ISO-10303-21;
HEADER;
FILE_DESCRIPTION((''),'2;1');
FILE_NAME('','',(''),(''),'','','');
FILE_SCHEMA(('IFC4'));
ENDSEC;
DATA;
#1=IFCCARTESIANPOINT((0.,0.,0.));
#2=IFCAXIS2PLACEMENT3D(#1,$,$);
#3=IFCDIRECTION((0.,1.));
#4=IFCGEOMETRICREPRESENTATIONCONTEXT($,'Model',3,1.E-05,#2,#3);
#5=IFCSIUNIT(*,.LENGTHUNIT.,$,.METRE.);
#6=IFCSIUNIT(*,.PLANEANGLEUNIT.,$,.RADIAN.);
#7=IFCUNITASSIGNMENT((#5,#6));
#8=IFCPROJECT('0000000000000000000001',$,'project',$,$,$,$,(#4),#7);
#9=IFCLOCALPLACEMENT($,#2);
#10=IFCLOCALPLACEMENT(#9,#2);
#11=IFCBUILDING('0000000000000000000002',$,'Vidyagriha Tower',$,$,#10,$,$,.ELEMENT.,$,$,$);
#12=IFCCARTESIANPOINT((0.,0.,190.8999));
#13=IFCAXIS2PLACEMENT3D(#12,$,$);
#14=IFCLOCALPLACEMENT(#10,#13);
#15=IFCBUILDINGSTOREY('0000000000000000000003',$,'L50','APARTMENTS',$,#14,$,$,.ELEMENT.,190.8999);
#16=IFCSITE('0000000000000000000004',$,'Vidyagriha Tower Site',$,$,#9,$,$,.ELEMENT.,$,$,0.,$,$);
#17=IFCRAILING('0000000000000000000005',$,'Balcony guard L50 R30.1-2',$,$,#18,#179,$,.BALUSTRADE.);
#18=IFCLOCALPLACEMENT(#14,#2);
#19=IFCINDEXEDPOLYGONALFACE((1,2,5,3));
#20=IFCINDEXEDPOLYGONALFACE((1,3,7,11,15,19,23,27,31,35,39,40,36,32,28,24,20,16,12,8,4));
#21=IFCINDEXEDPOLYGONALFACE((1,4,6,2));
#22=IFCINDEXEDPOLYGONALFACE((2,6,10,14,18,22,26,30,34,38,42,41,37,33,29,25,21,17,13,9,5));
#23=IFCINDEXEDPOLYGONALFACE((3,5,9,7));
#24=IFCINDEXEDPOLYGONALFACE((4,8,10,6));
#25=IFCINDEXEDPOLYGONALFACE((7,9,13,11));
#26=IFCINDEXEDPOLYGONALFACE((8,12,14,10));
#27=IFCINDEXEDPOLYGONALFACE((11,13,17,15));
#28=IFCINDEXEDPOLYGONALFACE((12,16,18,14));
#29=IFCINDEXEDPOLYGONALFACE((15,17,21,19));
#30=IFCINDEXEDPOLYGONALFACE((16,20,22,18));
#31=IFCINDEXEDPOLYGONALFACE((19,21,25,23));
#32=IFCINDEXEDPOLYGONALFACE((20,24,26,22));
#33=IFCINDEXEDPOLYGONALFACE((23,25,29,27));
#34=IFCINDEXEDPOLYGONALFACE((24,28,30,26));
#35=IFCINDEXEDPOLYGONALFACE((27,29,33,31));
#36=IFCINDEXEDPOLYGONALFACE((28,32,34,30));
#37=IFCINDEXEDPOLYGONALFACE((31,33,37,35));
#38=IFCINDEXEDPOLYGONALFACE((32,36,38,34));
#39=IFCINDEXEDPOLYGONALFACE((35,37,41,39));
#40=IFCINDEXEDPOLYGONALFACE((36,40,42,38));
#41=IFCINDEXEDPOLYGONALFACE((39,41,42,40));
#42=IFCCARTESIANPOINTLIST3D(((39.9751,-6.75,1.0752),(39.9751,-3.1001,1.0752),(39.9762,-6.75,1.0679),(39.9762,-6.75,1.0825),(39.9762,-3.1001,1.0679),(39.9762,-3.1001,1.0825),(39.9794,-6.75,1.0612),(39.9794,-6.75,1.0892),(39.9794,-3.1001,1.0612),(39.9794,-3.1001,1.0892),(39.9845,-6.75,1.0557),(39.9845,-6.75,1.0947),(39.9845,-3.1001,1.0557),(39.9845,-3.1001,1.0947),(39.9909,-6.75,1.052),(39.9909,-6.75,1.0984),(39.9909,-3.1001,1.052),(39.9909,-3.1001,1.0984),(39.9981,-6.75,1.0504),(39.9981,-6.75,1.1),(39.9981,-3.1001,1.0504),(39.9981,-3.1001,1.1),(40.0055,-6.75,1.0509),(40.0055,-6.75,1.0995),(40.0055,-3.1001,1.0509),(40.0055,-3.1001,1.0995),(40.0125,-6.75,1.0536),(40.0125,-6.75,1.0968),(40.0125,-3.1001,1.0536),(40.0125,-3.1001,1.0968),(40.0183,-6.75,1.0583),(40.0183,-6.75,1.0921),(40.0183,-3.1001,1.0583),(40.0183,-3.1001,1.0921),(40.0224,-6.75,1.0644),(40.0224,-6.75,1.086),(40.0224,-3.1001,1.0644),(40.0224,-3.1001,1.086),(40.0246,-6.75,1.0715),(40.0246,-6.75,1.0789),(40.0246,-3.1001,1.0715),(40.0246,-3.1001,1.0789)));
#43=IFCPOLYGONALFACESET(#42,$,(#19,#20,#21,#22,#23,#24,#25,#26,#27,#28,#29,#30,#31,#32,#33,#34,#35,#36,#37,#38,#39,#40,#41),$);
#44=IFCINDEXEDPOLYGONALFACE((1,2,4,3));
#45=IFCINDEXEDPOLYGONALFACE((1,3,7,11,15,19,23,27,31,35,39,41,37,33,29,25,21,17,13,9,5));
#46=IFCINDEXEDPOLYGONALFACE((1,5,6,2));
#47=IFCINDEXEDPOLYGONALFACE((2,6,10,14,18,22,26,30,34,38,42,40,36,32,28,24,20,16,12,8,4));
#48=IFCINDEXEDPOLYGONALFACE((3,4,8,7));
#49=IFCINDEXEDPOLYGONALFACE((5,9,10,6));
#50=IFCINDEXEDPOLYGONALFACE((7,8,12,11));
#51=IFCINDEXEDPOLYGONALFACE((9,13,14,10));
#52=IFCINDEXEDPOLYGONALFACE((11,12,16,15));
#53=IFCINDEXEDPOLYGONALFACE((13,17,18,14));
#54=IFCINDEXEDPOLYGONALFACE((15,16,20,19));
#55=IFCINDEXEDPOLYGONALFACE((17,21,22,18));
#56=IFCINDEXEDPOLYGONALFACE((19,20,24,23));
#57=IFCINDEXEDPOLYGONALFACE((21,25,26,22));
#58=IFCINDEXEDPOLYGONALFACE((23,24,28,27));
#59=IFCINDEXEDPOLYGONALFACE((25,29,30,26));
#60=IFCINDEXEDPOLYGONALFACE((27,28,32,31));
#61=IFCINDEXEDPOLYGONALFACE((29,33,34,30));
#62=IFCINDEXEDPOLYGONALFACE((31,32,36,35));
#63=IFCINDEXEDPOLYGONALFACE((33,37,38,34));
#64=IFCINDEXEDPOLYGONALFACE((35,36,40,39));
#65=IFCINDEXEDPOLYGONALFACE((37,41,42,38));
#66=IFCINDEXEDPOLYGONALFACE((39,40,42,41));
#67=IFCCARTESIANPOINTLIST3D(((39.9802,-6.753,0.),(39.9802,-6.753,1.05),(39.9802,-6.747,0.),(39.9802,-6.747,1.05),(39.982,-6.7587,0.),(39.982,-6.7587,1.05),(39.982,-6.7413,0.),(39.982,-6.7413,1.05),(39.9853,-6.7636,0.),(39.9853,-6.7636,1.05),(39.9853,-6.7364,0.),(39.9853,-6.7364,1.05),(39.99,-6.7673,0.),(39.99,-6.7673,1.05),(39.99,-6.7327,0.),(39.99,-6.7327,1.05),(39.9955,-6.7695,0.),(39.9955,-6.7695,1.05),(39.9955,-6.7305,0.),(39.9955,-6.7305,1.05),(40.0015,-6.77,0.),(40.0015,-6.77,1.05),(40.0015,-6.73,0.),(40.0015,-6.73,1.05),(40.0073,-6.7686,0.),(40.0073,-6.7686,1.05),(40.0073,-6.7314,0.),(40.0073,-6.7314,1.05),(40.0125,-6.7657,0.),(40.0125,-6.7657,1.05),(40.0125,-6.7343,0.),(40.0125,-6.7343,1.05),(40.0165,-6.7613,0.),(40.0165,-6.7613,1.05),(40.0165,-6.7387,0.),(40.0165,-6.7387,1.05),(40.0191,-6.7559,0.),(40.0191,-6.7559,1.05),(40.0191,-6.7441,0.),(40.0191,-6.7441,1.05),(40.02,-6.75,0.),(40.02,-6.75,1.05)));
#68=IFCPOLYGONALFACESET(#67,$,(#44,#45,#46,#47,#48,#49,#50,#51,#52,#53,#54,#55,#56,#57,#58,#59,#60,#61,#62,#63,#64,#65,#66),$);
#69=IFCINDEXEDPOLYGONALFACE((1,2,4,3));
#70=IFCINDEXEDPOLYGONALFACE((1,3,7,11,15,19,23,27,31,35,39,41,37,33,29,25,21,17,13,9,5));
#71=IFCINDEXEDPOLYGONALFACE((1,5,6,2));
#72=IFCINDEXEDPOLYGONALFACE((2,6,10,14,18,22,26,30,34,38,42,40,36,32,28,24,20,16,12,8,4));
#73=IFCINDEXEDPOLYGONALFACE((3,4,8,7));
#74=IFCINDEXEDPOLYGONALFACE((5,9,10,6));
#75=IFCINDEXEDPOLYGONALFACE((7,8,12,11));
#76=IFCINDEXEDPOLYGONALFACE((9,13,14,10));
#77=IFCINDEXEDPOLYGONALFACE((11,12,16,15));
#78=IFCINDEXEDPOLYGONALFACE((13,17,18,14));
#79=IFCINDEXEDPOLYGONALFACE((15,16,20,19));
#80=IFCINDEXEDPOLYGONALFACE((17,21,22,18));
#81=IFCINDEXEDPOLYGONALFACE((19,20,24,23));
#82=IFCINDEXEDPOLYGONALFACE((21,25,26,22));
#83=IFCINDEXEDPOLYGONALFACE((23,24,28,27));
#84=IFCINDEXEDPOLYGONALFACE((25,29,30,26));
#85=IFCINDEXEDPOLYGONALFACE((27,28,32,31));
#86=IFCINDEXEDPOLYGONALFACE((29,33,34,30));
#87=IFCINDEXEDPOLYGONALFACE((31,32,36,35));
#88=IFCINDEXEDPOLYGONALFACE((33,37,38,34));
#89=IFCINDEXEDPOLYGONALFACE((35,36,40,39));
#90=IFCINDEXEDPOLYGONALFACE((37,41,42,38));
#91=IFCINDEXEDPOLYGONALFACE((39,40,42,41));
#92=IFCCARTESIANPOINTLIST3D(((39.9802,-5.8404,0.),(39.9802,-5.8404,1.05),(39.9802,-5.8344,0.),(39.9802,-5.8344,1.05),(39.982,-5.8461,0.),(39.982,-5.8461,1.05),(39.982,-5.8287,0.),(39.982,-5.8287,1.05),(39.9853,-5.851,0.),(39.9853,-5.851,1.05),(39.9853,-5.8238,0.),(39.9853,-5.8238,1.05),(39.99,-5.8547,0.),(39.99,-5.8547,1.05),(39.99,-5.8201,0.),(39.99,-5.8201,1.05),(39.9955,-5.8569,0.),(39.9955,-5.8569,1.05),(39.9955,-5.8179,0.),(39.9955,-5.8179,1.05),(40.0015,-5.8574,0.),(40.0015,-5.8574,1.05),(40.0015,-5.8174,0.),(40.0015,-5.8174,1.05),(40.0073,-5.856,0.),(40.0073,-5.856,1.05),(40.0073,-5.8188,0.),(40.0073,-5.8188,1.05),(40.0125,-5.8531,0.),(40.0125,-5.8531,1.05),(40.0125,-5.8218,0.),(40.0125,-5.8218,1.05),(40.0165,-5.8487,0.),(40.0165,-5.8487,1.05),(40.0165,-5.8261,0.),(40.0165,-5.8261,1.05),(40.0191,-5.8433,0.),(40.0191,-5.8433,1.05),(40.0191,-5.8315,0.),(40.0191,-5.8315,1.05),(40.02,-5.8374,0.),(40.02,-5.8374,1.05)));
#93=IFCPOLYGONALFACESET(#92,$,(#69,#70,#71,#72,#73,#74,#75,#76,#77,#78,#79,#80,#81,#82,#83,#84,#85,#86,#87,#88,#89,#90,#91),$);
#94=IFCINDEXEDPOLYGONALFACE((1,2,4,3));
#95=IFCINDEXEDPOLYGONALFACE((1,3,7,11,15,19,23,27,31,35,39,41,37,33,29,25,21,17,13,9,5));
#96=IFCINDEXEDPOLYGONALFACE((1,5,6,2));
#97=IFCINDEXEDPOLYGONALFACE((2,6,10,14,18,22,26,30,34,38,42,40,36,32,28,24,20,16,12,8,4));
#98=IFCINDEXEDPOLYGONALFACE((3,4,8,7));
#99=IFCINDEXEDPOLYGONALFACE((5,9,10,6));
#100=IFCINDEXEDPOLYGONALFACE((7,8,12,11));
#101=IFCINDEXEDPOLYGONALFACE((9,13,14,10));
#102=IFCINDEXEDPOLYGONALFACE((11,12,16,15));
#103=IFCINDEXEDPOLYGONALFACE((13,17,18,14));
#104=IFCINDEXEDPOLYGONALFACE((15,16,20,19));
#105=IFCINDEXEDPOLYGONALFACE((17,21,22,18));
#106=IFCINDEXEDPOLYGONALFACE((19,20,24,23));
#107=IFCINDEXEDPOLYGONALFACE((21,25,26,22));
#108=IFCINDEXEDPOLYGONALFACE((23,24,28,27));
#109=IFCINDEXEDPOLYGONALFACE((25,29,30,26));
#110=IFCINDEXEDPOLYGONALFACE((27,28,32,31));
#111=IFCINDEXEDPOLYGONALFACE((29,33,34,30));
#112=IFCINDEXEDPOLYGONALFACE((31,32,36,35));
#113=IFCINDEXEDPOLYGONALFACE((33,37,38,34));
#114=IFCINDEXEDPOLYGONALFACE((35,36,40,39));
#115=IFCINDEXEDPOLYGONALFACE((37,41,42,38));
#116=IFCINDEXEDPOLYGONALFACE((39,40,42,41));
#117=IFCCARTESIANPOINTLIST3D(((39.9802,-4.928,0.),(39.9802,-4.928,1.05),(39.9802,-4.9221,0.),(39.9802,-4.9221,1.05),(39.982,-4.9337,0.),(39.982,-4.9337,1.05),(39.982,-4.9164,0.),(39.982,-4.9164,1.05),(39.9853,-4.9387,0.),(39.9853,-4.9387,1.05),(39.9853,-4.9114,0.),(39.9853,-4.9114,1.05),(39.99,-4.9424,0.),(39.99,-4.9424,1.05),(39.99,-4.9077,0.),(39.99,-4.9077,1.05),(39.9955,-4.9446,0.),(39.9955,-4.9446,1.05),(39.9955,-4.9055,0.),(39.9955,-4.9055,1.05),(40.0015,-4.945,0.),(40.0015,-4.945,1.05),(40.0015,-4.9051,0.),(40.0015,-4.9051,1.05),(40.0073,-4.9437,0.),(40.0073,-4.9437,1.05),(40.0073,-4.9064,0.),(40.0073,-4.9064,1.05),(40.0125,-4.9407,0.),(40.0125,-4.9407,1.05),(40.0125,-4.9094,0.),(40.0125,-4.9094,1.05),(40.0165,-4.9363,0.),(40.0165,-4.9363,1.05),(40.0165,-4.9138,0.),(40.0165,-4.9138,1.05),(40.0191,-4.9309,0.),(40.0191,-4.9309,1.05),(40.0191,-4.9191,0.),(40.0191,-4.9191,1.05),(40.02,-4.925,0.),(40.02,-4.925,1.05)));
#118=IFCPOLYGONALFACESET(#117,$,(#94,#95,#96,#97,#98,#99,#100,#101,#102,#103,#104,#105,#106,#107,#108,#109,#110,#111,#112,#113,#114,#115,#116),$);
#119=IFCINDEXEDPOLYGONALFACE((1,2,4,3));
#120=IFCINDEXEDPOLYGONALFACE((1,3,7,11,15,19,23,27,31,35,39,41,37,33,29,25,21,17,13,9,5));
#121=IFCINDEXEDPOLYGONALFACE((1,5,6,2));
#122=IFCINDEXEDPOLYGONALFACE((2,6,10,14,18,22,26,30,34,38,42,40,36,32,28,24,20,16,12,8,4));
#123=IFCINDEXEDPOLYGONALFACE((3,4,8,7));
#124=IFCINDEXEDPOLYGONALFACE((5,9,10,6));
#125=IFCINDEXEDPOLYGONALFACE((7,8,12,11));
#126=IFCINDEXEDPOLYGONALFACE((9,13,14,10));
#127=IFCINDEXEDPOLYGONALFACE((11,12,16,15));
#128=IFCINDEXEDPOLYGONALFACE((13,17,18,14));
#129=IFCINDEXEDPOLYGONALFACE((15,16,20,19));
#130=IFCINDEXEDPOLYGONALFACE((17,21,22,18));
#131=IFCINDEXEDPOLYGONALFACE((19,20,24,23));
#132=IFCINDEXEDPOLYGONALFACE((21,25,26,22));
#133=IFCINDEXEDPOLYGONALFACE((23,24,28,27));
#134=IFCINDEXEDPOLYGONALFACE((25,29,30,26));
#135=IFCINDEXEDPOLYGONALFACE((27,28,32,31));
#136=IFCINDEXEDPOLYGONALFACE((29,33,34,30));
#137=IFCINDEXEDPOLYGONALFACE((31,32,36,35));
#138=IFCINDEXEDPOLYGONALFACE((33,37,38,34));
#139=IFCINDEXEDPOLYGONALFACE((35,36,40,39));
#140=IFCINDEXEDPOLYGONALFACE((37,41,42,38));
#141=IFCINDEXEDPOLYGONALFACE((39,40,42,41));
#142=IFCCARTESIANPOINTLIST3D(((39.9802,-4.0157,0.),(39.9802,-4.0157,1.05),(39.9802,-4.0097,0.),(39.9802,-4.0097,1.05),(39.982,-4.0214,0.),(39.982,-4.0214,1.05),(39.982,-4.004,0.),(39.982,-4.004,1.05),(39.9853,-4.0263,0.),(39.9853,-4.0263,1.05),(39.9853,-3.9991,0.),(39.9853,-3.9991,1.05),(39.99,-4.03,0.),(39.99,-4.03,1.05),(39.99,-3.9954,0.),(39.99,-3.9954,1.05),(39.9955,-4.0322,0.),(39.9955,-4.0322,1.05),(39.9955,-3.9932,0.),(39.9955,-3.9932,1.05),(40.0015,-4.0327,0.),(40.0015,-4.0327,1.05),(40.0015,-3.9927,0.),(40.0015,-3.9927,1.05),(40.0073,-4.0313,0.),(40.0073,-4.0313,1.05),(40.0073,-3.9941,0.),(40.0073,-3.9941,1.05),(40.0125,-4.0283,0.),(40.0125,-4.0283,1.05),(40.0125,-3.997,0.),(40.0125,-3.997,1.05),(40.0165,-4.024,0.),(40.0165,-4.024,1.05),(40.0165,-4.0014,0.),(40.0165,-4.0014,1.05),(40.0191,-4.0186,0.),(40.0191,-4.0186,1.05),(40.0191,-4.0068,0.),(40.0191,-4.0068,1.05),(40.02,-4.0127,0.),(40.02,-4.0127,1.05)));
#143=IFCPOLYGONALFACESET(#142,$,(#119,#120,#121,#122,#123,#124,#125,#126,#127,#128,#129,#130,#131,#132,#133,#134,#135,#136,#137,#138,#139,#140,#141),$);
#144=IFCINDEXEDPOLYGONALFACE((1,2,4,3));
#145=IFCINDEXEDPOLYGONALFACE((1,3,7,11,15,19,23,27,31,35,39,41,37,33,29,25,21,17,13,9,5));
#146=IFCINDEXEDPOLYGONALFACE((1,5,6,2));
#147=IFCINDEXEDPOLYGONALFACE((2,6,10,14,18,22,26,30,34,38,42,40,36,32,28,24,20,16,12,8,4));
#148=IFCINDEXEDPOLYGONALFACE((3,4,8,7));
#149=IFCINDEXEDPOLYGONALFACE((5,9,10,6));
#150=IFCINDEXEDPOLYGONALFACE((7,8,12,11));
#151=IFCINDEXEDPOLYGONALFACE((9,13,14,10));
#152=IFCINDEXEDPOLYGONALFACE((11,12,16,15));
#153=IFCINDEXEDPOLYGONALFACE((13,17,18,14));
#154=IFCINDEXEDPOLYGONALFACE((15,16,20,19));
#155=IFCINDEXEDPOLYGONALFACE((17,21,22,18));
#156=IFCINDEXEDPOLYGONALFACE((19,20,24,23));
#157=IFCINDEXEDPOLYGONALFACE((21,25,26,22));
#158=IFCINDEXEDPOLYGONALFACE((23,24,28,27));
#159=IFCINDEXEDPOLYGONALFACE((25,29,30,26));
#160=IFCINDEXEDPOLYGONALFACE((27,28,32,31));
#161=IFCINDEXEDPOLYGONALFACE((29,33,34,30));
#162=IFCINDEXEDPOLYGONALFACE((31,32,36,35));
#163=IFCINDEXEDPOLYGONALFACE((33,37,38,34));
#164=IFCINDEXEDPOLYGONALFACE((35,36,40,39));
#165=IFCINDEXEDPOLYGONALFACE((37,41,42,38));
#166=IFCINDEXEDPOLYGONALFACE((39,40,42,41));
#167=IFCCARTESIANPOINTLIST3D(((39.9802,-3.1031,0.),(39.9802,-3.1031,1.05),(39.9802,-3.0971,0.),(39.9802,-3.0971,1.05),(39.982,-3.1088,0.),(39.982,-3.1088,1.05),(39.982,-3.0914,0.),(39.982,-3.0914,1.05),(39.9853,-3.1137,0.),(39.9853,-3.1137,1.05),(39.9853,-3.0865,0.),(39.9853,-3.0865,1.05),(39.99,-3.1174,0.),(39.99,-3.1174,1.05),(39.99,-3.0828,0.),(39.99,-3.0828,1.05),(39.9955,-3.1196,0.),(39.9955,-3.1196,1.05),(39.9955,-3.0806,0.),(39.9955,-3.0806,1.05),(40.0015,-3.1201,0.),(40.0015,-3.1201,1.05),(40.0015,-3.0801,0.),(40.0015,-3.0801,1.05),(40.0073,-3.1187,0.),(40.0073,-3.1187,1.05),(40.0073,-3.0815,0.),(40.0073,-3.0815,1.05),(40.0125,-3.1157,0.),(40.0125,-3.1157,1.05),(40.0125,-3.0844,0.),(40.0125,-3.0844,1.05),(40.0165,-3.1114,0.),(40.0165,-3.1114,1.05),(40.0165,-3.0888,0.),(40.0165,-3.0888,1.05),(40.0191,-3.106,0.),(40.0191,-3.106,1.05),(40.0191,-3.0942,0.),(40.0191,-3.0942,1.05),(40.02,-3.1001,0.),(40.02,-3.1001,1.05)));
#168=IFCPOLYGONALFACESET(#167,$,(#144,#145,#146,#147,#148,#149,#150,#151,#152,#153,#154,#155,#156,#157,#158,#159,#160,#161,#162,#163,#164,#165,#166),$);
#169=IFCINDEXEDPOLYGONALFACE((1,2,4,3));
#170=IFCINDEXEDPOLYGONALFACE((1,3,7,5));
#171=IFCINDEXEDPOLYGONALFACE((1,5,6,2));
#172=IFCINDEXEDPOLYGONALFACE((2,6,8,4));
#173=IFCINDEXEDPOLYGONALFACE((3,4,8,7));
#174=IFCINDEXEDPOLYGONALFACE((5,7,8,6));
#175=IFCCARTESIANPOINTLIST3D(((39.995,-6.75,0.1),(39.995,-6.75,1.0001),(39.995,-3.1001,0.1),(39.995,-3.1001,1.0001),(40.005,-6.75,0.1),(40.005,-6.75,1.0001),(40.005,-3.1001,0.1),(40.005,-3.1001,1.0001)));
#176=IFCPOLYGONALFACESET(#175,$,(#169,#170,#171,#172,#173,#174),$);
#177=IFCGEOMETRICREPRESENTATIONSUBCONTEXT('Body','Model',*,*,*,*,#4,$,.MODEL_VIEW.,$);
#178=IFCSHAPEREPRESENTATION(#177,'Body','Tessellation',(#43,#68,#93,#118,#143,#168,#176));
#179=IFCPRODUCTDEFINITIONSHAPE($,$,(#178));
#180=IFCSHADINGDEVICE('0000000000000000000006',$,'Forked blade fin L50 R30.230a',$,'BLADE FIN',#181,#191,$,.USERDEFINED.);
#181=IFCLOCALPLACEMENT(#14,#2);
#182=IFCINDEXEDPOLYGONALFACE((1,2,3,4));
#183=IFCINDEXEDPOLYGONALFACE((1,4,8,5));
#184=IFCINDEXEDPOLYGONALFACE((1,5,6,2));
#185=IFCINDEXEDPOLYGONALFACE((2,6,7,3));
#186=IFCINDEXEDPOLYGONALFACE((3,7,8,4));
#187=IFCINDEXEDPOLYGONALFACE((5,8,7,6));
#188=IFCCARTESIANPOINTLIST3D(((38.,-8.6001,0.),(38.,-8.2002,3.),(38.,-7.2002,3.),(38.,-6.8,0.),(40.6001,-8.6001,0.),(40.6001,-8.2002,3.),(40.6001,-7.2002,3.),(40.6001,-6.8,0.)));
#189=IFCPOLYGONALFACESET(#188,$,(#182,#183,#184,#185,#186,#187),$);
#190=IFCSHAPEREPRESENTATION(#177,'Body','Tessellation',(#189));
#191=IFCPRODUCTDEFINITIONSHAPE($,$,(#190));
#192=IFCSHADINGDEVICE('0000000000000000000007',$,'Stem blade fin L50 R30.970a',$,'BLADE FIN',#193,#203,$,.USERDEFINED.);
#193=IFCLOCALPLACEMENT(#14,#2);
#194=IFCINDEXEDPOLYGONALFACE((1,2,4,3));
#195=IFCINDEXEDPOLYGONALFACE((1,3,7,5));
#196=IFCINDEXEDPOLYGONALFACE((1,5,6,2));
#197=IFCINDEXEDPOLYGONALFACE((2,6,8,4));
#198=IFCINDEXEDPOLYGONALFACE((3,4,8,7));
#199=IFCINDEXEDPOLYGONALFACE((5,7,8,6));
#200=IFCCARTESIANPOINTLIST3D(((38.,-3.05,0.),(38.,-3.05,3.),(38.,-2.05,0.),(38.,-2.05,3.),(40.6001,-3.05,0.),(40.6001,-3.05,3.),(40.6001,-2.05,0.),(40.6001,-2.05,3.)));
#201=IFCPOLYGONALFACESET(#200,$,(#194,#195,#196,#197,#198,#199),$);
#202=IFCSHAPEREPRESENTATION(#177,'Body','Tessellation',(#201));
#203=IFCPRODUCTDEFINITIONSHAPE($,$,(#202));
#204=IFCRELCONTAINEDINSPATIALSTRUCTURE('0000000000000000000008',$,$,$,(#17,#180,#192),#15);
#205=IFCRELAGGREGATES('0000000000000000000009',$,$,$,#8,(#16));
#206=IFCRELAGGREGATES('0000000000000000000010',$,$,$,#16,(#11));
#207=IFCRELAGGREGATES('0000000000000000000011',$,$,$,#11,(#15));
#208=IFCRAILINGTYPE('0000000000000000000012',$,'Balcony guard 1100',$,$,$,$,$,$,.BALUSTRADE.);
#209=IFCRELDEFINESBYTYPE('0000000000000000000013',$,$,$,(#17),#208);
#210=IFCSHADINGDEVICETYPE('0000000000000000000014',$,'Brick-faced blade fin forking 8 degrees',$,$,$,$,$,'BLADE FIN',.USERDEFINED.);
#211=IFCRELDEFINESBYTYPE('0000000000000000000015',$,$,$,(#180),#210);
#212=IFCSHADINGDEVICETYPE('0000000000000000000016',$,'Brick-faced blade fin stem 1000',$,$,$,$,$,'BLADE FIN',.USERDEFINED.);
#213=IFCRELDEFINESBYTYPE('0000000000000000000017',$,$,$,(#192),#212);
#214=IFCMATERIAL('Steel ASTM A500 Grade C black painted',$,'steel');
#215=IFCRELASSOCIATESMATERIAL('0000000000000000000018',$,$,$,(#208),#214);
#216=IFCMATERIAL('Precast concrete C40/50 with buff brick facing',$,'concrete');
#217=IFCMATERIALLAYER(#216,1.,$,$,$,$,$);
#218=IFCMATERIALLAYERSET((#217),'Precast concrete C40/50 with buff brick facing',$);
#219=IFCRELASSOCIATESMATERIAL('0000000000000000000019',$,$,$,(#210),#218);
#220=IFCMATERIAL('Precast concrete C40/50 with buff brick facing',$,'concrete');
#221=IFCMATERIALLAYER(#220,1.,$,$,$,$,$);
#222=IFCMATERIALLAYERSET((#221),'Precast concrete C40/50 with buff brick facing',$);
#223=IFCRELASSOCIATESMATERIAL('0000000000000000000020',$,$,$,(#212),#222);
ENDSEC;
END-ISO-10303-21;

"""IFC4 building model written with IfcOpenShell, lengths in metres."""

from ifc_helpers import new_model, si_unit, direction, frame, origin, origin_2d, place, context, subcontext, project, spatial, polyline, rectangle, circle, outline, extrude, material, layer, layer_set, type_object, element, save


model = new_model("IFC4")

# Units and contexts
model_context = context("Model", 3, precision=1e-05, world=origin(), true_north=direction((0.0, 1.0)))
body_context = subcontext(model_context, "Body", "Model", "MODEL_VIEW")
ifc_project = project(units=[si_unit("LENGTHUNIT", "METRE"), si_unit("PLANEANGLEUNIT", "RADIAN")], contexts=[model_context])

# Site, building, storey
site_placement = place(None, origin())
site = spatial("IfcSite", under=ifc_project, at=site_placement, Name="Vidyagriha Tower Site", CompositionType="ELEMENT", RefElevation=0.0)
building_placement = place(site_placement, origin())
building = spatial("IfcBuilding", under=site, at=building_placement, Name="Vidyagriha Tower", CompositionType="ELEMENT")
storey_placement = place(building_placement, frame((0.0, 0.0, 190.8999)))
storey = spatial("IfcBuildingStorey", under=building, at=storey_placement, Name="L50", Description="APARTMENTS", CompositionType="ELEMENT", Elevation=190.8999)

# Railing
ifc_material_1 = material(Name="Steel ASTM A500 Grade C black painted", Category="steel")
railing_type = type_object("IfcRailingType", Name="Balcony guard 1100", PredefinedType="BALUSTRADE", material=ifc_material_1)
railing_1_placement = place(storey_placement, frame((40.0, -6.75, 0.0)))
element("IfcRailing", 1, at=railing_1_placement, inside=storey, type_object=railing_type, Name="Balcony guard L50 R30.1-2", PredefinedType="BALUSTRADE", context=body_context, shape_type="SweptSolid", body=[
    extrude(circle(Radius=0.0249, at=origin_2d()), frame((0.0, 0.0, 1.0752), z_axis=(0.0, 1.0, 0.0), x_axis=(-1.0, 0.0, 0.0)), (0.0, 0.0, 1.0), 3.6499),
    extrude(circle(Radius=0.02, at=origin_2d()), origin(), (0.0, 0.0, 1.0), 1.05),
    extrude(circle(Radius=0.02, at=origin_2d()), frame((0.0, 0.9126, 0.0)), (0.0, 0.0, 1.0), 1.05),
    extrude(circle(Radius=0.02, at=origin_2d()), frame((0.0, 1.825, 0.0)), (0.0, 0.0, 1.0), 1.05),
    extrude(circle(Radius=0.02, at=origin_2d()), frame((0.0, 2.7373, 0.0)), (0.0, 0.0, 1.0), 1.05),
    extrude(circle(Radius=0.02, at=origin_2d()), frame((0.0, 3.6499, 0.0)), (0.0, 0.0, 1.0), 1.05),
    extrude(rectangle(XDim=0.01, YDim=0.9001, at=origin_2d()), frame((0.0, 0.0, 0.55), z_axis=(0.0, 1.0, 0.0), x_axis=(-1.0, 0.0, 0.0)), (0.0, 0.0, 1.0), 3.6499),
])

# Shading devices
ifc_material_2 = material(Name="Precast concrete C40/50 with buff brick facing", Category="concrete")
ifc_layer_1 = layer(ifc_material_2, 1.0)
ifc_layer_set_1 = layer_set([ifc_layer_1], Name="Precast concrete C40/50 with buff brick facing")
shading_device_type_1 = type_object("IfcShadingDeviceType", Name="Brick-faced blade fin forking 8 degrees", ElementType="BLADE FIN", PredefinedType="USERDEFINED", material=ifc_layer_set_1)
shading_device_1_placement = place(storey_placement, frame((39.3, -8.6001, 0.0), z_axis=(0.0, 0.0, 1.0), x_axis=(0.0, 1.0, 0.0)))
element("IfcShadingDevice", 2, at=shading_device_1_placement, inside=storey, type_object=shading_device_type_1, Name="Forked blade fin L50 R30.230a", ObjectType="BLADE FIN", PredefinedType="USERDEFINED", context=body_context, shape_type="SweptSolid", body=[
    extrude(outline(polyline([(0.0, 0.0), (1.8, 0.0), (1.3999, 3.0), (0.3999, 3.0), (0.0, 0.0)])), frame((0.0, 1.3, 0.0), z_axis=(0.0, -1.0, 0.0), x_axis=(1.0, 0.0, 0.0)), (0.0, 0.0, 1.0), 2.6001),
])
ifc_material_3 = material(Name="Precast concrete C40/50 with buff brick facing", Category="concrete")
ifc_layer_2 = layer(ifc_material_3, 1.0)
ifc_layer_set_2 = layer_set([ifc_layer_2], Name="Precast concrete C40/50 with buff brick facing")
shading_device_type_2 = type_object("IfcShadingDeviceType", Name="Brick-faced blade fin stem 1000", ElementType="BLADE FIN", PredefinedType="USERDEFINED", material=ifc_layer_set_2)
shading_device_2_placement = place(storey_placement, frame((39.3, -3.05, 0.0), z_axis=(0.0, 0.0, 1.0), x_axis=(0.0, 1.0, 0.0)))
element("IfcShadingDevice", 3, at=shading_device_2_placement, inside=storey, type_object=shading_device_type_2, Name="Stem blade fin L50 R30.970a", ObjectType="BLADE FIN", PredefinedType="USERDEFINED", context=body_context, shape_type="SweptSolid", body=[
    extrude(outline(polyline([(0.0, 0.0), (1.0, 0.0), (1.0, 3.0), (0.0, 3.0), (0.0, 0.0)])), frame((0.0, 1.3, 0.0), z_axis=(0.0, -1.0, 0.0), x_axis=(1.0, 0.0, 0.0)), (0.0, 0.0, 1.0), 2.6001),
])

save(model, "model.ifc")
